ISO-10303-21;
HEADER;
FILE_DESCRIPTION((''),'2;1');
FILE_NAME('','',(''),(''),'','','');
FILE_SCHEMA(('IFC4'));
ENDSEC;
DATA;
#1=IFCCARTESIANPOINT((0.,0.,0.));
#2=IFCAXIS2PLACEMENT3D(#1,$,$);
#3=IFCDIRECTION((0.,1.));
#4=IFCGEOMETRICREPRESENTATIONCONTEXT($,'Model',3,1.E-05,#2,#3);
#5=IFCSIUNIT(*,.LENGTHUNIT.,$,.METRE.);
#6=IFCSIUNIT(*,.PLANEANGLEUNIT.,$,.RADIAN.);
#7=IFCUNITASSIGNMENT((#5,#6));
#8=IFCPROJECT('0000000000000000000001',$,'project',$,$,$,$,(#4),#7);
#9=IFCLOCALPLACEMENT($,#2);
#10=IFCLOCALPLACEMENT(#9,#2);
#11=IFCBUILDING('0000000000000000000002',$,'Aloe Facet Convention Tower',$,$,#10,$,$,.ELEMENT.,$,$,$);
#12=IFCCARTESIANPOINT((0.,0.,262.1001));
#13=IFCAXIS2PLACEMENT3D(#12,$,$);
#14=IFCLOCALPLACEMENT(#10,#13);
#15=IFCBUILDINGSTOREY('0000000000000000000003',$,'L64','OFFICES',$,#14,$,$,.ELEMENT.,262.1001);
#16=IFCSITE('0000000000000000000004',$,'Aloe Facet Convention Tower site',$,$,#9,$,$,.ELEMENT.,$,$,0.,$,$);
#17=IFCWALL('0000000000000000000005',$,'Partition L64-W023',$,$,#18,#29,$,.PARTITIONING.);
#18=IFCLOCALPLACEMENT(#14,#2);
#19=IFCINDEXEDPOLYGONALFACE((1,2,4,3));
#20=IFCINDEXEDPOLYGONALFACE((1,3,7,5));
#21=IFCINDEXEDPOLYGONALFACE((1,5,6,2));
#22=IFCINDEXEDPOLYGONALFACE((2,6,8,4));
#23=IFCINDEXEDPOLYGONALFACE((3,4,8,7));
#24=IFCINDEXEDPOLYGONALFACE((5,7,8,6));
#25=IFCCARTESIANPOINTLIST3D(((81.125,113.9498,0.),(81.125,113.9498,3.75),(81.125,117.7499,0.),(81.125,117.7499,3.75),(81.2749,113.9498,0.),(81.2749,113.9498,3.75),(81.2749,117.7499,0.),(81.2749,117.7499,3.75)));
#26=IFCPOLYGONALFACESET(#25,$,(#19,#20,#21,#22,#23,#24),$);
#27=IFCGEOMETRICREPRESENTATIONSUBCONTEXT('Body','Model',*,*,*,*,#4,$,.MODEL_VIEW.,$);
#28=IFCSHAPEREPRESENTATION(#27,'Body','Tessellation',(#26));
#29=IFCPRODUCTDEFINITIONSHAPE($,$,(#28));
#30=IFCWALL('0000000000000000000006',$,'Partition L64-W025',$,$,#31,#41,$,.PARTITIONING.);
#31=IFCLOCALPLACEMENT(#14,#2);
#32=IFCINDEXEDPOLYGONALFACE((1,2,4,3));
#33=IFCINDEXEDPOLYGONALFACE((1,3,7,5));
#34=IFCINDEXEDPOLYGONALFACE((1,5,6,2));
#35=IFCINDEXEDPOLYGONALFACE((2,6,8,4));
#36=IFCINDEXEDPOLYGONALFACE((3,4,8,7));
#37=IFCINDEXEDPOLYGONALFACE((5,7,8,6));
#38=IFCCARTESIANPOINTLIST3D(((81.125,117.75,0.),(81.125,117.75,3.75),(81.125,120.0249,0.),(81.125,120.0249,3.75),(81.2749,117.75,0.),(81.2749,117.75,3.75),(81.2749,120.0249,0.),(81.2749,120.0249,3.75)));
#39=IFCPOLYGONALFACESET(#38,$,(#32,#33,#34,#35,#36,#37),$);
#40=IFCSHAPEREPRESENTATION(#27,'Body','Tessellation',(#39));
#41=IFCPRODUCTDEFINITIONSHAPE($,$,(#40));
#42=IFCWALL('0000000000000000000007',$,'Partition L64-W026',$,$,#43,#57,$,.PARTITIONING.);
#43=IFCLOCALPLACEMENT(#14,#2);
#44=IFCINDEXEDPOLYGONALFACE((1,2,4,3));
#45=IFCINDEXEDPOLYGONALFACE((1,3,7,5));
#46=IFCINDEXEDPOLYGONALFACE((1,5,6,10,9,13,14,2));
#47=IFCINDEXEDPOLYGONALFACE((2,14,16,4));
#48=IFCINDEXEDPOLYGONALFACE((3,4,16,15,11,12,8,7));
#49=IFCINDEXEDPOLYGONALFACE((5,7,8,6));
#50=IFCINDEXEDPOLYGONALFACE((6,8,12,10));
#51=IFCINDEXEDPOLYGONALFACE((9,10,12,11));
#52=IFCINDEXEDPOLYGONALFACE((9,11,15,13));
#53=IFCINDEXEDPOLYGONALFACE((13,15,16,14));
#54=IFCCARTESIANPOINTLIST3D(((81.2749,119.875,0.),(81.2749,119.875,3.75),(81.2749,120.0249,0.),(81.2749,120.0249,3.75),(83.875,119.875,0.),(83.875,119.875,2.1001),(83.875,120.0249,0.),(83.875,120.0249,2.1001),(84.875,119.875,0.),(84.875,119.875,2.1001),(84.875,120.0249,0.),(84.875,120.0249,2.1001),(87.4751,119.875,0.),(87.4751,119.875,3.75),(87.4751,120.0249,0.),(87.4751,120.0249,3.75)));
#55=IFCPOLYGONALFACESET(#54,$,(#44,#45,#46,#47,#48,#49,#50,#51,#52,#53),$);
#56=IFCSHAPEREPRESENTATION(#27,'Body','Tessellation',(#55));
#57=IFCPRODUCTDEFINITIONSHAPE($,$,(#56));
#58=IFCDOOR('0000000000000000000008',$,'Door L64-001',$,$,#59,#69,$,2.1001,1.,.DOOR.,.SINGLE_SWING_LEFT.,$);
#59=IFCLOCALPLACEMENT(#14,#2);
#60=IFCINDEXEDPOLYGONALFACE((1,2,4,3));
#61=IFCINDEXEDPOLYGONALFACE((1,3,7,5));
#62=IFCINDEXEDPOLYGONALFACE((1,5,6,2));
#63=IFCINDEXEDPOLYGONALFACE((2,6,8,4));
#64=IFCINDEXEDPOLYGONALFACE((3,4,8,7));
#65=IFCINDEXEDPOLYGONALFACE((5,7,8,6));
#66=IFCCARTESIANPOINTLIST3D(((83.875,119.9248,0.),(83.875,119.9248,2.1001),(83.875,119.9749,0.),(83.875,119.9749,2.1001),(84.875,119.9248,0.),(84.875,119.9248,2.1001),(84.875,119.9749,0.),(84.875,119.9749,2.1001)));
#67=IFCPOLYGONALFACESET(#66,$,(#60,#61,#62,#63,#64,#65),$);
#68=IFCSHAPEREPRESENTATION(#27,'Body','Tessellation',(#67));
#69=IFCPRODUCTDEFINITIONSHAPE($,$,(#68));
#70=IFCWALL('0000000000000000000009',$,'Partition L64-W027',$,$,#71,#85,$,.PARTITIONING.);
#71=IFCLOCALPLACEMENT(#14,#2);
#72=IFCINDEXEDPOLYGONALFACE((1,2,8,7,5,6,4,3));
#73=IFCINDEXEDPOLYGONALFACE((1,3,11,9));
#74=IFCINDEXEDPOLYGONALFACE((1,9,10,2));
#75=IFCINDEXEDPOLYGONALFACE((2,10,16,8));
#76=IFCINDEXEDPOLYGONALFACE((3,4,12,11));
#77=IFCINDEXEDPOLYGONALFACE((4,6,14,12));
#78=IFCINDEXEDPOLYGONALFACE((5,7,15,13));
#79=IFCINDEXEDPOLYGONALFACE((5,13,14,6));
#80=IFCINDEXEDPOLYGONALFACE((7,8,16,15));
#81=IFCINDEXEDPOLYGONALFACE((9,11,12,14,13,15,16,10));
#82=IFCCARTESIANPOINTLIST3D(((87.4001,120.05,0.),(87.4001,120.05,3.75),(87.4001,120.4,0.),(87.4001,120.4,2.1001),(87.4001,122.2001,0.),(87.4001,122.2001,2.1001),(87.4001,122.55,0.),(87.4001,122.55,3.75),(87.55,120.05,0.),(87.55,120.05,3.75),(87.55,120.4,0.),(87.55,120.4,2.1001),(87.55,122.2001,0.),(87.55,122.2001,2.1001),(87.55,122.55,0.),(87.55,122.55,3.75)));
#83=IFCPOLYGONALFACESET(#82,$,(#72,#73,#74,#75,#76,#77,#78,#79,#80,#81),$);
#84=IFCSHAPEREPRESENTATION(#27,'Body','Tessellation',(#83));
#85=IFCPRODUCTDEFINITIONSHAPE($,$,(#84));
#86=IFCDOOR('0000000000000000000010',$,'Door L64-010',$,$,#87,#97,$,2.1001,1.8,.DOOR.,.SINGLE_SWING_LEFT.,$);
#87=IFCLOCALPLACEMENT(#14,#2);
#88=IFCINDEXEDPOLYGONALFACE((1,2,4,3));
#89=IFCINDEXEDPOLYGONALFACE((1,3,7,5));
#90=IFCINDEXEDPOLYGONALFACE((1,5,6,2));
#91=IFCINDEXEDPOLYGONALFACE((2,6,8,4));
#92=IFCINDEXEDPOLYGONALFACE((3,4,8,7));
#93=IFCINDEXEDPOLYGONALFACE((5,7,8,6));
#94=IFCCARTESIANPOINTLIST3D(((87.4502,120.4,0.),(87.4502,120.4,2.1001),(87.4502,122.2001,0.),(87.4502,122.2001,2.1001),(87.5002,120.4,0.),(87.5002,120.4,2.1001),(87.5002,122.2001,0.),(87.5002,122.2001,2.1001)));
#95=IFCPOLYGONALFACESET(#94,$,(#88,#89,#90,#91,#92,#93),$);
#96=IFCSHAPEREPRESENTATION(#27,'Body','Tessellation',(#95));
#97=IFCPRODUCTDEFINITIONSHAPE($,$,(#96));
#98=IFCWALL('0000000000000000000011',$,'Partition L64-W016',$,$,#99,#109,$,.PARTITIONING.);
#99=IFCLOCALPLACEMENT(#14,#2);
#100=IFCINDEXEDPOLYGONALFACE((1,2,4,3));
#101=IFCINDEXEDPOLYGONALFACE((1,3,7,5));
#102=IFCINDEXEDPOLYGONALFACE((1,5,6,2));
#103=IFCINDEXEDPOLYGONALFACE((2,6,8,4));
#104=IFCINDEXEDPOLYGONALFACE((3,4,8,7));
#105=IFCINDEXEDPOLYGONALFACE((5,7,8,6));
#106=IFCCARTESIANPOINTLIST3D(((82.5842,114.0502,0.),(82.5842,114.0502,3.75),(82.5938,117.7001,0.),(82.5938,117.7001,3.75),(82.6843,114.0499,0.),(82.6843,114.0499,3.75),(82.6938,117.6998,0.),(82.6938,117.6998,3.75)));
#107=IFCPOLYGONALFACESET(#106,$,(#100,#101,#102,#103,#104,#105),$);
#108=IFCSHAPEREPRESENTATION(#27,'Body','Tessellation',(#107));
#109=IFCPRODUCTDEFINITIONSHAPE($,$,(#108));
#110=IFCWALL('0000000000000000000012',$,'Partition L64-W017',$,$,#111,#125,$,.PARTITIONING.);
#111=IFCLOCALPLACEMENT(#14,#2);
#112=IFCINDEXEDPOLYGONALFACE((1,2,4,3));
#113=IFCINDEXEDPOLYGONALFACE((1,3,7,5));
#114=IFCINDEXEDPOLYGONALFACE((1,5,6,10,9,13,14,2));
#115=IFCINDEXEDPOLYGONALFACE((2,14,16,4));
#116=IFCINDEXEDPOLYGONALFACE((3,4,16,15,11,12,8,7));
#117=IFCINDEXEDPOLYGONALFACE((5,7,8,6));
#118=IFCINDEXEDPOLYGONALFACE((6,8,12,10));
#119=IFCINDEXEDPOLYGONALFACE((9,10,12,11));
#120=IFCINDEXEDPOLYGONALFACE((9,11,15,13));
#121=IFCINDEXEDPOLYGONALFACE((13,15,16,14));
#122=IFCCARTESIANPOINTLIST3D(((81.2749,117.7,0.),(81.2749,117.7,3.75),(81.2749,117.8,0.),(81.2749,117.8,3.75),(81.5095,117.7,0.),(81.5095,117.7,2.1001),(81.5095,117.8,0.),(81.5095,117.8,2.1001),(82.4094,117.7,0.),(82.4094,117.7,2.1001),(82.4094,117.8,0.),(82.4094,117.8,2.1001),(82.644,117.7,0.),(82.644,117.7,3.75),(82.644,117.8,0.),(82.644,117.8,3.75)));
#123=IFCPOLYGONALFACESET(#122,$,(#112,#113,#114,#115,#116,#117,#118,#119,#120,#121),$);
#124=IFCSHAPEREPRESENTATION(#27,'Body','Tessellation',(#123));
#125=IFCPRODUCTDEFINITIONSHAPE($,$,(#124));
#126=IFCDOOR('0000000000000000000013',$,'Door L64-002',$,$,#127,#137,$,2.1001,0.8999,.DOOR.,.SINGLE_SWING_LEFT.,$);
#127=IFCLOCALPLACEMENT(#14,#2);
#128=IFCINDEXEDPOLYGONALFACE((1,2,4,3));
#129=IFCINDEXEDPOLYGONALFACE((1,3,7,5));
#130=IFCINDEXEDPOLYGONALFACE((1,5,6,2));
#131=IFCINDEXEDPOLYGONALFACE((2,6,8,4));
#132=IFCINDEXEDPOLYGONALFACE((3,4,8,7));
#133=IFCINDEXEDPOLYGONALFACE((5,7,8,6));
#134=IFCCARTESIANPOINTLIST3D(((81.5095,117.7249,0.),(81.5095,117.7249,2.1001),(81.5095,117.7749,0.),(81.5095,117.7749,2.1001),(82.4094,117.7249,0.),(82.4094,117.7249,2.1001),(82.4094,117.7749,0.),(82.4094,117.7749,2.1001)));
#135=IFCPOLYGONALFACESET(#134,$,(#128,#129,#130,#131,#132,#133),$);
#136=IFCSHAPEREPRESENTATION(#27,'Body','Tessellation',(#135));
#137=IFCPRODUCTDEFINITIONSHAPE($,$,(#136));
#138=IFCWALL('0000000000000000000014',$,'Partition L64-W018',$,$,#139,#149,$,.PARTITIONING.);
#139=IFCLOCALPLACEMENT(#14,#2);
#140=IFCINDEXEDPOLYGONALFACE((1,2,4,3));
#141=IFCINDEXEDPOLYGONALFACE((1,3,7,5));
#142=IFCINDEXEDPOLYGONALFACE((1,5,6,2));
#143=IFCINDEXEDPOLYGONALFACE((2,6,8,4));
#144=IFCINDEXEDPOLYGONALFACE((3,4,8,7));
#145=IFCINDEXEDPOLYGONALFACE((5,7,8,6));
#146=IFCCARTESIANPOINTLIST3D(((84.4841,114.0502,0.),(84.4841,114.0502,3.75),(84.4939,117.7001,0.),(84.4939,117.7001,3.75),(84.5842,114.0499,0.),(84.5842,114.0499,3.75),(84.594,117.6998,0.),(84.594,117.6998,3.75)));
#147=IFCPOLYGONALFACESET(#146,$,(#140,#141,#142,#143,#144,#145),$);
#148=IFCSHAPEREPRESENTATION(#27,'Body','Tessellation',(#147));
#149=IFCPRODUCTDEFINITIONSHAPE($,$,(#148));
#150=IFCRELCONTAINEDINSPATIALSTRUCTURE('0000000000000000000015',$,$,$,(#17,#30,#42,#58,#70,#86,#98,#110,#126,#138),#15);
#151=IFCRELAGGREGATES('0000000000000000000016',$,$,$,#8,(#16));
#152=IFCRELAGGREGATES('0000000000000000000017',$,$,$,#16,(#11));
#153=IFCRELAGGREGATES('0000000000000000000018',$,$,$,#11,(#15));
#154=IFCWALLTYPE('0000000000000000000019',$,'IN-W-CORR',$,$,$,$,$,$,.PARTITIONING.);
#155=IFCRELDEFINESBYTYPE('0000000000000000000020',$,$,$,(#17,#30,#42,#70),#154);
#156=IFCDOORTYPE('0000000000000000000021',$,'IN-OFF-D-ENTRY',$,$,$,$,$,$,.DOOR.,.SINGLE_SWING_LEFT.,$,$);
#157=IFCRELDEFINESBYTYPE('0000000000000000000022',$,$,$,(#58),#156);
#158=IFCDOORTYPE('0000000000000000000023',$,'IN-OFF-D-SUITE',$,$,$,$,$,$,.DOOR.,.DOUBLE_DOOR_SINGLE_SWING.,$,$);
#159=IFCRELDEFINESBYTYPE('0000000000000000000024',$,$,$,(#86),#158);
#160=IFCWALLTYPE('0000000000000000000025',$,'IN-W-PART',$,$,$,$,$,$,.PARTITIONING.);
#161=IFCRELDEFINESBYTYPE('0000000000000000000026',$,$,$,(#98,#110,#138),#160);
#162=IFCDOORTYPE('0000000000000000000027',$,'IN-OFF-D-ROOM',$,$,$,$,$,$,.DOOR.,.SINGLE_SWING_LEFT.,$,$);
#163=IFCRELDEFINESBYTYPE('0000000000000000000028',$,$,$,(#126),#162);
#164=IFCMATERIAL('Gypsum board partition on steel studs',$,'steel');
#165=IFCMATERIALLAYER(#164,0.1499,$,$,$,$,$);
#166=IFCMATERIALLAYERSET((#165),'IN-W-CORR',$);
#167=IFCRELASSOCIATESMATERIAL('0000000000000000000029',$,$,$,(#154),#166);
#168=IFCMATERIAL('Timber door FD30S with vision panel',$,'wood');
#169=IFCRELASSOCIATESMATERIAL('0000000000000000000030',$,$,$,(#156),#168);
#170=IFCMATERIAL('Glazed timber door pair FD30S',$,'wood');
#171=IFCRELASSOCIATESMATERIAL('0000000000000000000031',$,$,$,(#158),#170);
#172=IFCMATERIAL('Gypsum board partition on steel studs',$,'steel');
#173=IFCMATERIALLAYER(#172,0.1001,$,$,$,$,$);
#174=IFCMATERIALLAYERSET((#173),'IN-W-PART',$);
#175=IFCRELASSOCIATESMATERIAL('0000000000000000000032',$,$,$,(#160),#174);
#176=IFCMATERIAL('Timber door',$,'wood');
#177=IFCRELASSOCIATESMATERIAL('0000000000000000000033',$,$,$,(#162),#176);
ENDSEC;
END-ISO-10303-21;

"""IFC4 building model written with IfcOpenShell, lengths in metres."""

from ifc_helpers import new_model, si_unit, direction, frame, frame_2d, origin, place, context, subcontext, project, spatial, rectangle, extrude, material, layer, layer_set, type_object, element, fill, save


model = new_model("IFC4")

# Units and contexts
model_context = context("Model", 3, precision=1e-05, world=origin(), true_north=direction((0.0, 1.0)))
body_context = subcontext(model_context, "Body", "Model", "MODEL_VIEW")
ifc_project = project(units=[si_unit("LENGTHUNIT", "METRE"), si_unit("PLANEANGLEUNIT", "RADIAN")], contexts=[model_context])

# Site, building, storey
site_placement = place(None, origin())
site = spatial("IfcSite", under=ifc_project, at=site_placement, Name="Aloe Facet Convention Tower site", CompositionType="ELEMENT", RefElevation=0.0)
building_placement = place(site_placement, origin())
building = spatial("IfcBuilding", under=site, at=building_placement, Name="Aloe Facet Convention Tower", CompositionType="ELEMENT")
storey_placement = place(building_placement, frame((0.0, 0.0, 262.1001)))
storey = spatial("IfcBuildingStorey", under=building, at=storey_placement, Name="L64", Description="OFFICES", CompositionType="ELEMENT", Elevation=262.1001)

# Walls
ifc_material_1 = material(Name="Gypsum board partition on steel studs", Category="steel")
ifc_layer_1 = layer(ifc_material_1, 0.1499)
ifc_layer_set_1 = layer_set([ifc_layer_1], Name="IN-W-CORR")
wall_type_1 = type_object("IfcWallType", Name="IN-W-CORR", PredefinedType="PARTITIONING", material=ifc_layer_set_1)
wall_1_placement = place(storey_placement, frame((81.2, 113.95, 0.0), z_axis=(0.0, 0.0, 1.0), x_axis=(0.0, 1.0, 0.0)))
element("IfcWall", 1, at=wall_1_placement, inside=storey, type_object=wall_type_1, Name="Partition L64-W023", PredefinedType="PARTITIONING", context=body_context, shape_type="SweptSolid", body=[
    extrude(rectangle(XDim=3.8, YDim=0.1499, at=frame_2d((1.8999, 0.0))), origin(), (0.0, 0.0, 1.0), 3.75),
])
wall_2_placement = place(storey_placement, frame((81.2, 117.75, 0.0), z_axis=(0.0, 0.0, 1.0), x_axis=(0.0, 1.0, 0.0)))
element("IfcWall", 2, at=wall_2_placement, inside=storey, type_object=wall_type_1, Name="Partition L64-W025", PredefinedType="PARTITIONING", context=body_context, shape_type="SweptSolid", body=[
    extrude(rectangle(XDim=2.2749, YDim=0.1499, at=frame_2d((1.1375, 0.0))), origin(), (0.0, 0.0, 1.0), 3.75),
])

# Walls, openings, doors
wall_3_placement = place(storey_placement, frame((81.2749, 119.95, 0.0), z_axis=(0.0, 0.0, 1.0), x_axis=(1.0, 0.0, 0.0)))
wall_3 = element("IfcWall", 3, at=wall_3_placement, inside=storey, type_object=wall_type_1, Name="Partition L64-W026", PredefinedType="PARTITIONING", context=body_context, shape_type="SweptSolid", body=[
    extrude(rectangle(XDim=6.2002, YDim=0.1499, at=frame_2d((3.1001, 0.0))), origin(), (0.0, 0.0, 1.0), 3.75),
])
opening_1_placement = place(wall_3_placement, frame((2.6001, 0.0, 0.0)))
opening_1 = element("IfcOpeningElement", 4, at=opening_1_placement, cuts=wall_3, PredefinedType="OPENING", context=body_context, shape_type="SweptSolid", body=[
    extrude(rectangle(XDim=1.0, YDim=2.1001, at=frame_2d((0.5, 1.05))), frame((0.0, 0.085, 0.0), z_axis=(0.0, -1.0, 0.0), x_axis=(1.0, 0.0, 0.0)), (0.0, 0.0, 1.0), 0.1699),
])
ifc_material_2 = material(Name="Timber door FD30S with vision panel", Category="wood")
door_type_1 = type_object("IfcDoorType", Name="IN-OFF-D-ENTRY", OperationType="SINGLE_SWING_LEFT", PredefinedType="DOOR", material=ifc_material_2)
door_1_placement = place(opening_1_placement, origin())
door_1 = element("IfcDoor", 5, at=door_1_placement, inside=storey, type_object=door_type_1, Name="Door L64-001", OperationType="SINGLE_SWING_LEFT", OverallHeight=2.1001, OverallWidth=1.0, PredefinedType="DOOR", context=body_context, shape_type="SweptSolid", body=[
    extrude(rectangle(XDim=1.0, YDim=2.1001, at=frame_2d((0.5, 1.05))), frame((0.0, 0.0249, 0.0), z_axis=(0.0, -1.0, 0.0), x_axis=(1.0, 0.0, 0.0)), (0.0, 0.0, 1.0), 0.05),
])
fill(opening_1, door_1)
wall_4_placement = place(storey_placement, frame((87.4751, 120.05, 0.0), z_axis=(0.0, 0.0, 1.0), x_axis=(0.0, 1.0, 0.0)))
wall_4 = element("IfcWall", 6, at=wall_4_placement, inside=storey, type_object=wall_type_1, Name="Partition L64-W027", PredefinedType="PARTITIONING", context=body_context, shape_type="SweptSolid", body=[
    extrude(rectangle(XDim=2.5, YDim=0.1499, at=frame_2d((1.25, 0.0))), origin(), (0.0, 0.0, 1.0), 3.75),
])
opening_2_placement = place(wall_4_placement, frame((0.3501, 0.0, 0.0)))
opening_2 = element("IfcOpeningElement", 7, at=opening_2_placement, cuts=wall_4, PredefinedType="OPENING", context=body_context, shape_type="SweptSolid", body=[
    extrude(rectangle(XDim=1.8, YDim=2.1001, at=frame_2d((0.8999, 1.05))), frame((0.0, 0.085, 0.0), z_axis=(0.0, -1.0, 0.0), x_axis=(1.0, 0.0, 0.0)), (0.0, 0.0, 1.0), 0.1699),
])
ifc_material_3 = material(Name="Glazed timber door pair FD30S", Category="wood")
door_type_2 = type_object("IfcDoorType", Name="IN-OFF-D-SUITE", OperationType="DOUBLE_DOOR_SINGLE_SWING", PredefinedType="DOOR", material=ifc_material_3)
door_2_placement = place(opening_2_placement, origin())
door_2 = element("IfcDoor", 8, at=door_2_placement, inside=storey, type_object=door_type_2, Name="Door L64-010", OperationType="SINGLE_SWING_LEFT", OverallHeight=2.1001, OverallWidth=1.8, PredefinedType="DOOR", context=body_context, shape_type="SweptSolid", body=[
    extrude(rectangle(XDim=1.8, YDim=2.1001, at=frame_2d((0.8999, 1.05))), frame((0.0, 0.0249, 0.0), z_axis=(0.0, -1.0, 0.0), x_axis=(1.0, 0.0, 0.0)), (0.0, 0.0, 1.0), 0.05),
])
fill(opening_2, door_2)

# Wall
ifc_material_4 = material(Name="Gypsum board partition on steel studs", Category="steel")
ifc_layer_2 = layer(ifc_material_4, 0.1001)
ifc_layer_set_2 = layer_set([ifc_layer_2], Name="IN-W-PART")
wall_type_2 = type_object("IfcWallType", Name="IN-W-PART", PredefinedType="PARTITIONING", material=ifc_layer_set_2)
wall_5_placement = place(storey_placement, frame((82.6343, 114.05, 0.0), z_axis=(0.0, 0.0, 1.0), x_axis=(0.002609, 0.999997, 0.0)))
element("IfcWall", 9, at=wall_5_placement, inside=storey, type_object=wall_type_2, Name="Partition L64-W016", PredefinedType="PARTITIONING", context=body_context, shape_type="SweptSolid", body=[
    extrude(rectangle(XDim=3.6499, YDim=0.1001, at=frame_2d((1.825, 0.0))), origin(), (0.0, 0.0, 1.0), 3.75),
])

# Wall, opening, door
wall_6_placement = place(storey_placement, frame((81.2749, 117.75, 0.0), z_axis=(0.0, 0.0, 1.0), x_axis=(1.0, 0.0, 0.0)))
wall_6 = element("IfcWall", 10, at=wall_6_placement, inside=storey, type_object=wall_type_2, Name="Partition L64-W017", PredefinedType="PARTITIONING", context=body_context, shape_type="SweptSolid", body=[
    extrude(rectangle(XDim=1.3691, YDim=0.1001, at=frame_2d((0.6846, 0.0))), origin(), (0.0, 0.0, 1.0), 3.75),
])
opening_3_placement = place(wall_6_placement, frame((0.2346, 0.0, 0.0)))
opening_3 = element("IfcOpeningElement", 11, at=opening_3_placement, cuts=wall_6, PredefinedType="OPENING", context=body_context, shape_type="SweptSolid", body=[
    extrude(rectangle(XDim=0.8999, YDim=2.1001, at=frame_2d((0.45, 1.05))), frame((0.0, 0.0601, 0.0), z_axis=(0.0, -1.0, 0.0), x_axis=(1.0, 0.0, 0.0)), (0.0, 0.0, 1.0), 0.1201),
])
ifc_material_5 = material(Name="Timber door", Category="wood")
door_type_3 = type_object("IfcDoorType", Name="IN-OFF-D-ROOM", OperationType="SINGLE_SWING_LEFT", PredefinedType="DOOR", material=ifc_material_5)
door_3_placement = place(opening_3_placement, origin())
door_3 = element("IfcDoor", 12, at=door_3_placement, inside=storey, type_object=door_type_3, Name="Door L64-002", OperationType="SINGLE_SWING_LEFT", OverallHeight=2.1001, OverallWidth=0.8999, PredefinedType="DOOR", context=body_context, shape_type="SweptSolid", body=[
    extrude(rectangle(XDim=0.8999, YDim=2.1001, at=frame_2d((0.45, 1.05))), frame((0.0, 0.0249, 0.0), z_axis=(0.0, -1.0, 0.0), x_axis=(1.0, 0.0, 0.0)), (0.0, 0.0, 1.0), 0.05),
])
fill(opening_3, door_3)

# Wall
wall_7_placement = place(storey_placement, frame((84.5342, 114.05, 0.0), z_axis=(0.0, 0.0, 1.0), x_axis=(0.002676, 0.999996, 0.0)))
element("IfcWall", 13, at=wall_7_placement, inside=storey, type_object=wall_type_2, Name="Partition L64-W018", PredefinedType="PARTITIONING", context=body_context, shape_type="SweptSolid", body=[
    extrude(rectangle(XDim=3.6499, YDim=0.1001, at=frame_2d((1.825, 0.0))), origin(), (0.0, 0.0, 1.0), 3.75),
])

save(model, "model.ifc")
